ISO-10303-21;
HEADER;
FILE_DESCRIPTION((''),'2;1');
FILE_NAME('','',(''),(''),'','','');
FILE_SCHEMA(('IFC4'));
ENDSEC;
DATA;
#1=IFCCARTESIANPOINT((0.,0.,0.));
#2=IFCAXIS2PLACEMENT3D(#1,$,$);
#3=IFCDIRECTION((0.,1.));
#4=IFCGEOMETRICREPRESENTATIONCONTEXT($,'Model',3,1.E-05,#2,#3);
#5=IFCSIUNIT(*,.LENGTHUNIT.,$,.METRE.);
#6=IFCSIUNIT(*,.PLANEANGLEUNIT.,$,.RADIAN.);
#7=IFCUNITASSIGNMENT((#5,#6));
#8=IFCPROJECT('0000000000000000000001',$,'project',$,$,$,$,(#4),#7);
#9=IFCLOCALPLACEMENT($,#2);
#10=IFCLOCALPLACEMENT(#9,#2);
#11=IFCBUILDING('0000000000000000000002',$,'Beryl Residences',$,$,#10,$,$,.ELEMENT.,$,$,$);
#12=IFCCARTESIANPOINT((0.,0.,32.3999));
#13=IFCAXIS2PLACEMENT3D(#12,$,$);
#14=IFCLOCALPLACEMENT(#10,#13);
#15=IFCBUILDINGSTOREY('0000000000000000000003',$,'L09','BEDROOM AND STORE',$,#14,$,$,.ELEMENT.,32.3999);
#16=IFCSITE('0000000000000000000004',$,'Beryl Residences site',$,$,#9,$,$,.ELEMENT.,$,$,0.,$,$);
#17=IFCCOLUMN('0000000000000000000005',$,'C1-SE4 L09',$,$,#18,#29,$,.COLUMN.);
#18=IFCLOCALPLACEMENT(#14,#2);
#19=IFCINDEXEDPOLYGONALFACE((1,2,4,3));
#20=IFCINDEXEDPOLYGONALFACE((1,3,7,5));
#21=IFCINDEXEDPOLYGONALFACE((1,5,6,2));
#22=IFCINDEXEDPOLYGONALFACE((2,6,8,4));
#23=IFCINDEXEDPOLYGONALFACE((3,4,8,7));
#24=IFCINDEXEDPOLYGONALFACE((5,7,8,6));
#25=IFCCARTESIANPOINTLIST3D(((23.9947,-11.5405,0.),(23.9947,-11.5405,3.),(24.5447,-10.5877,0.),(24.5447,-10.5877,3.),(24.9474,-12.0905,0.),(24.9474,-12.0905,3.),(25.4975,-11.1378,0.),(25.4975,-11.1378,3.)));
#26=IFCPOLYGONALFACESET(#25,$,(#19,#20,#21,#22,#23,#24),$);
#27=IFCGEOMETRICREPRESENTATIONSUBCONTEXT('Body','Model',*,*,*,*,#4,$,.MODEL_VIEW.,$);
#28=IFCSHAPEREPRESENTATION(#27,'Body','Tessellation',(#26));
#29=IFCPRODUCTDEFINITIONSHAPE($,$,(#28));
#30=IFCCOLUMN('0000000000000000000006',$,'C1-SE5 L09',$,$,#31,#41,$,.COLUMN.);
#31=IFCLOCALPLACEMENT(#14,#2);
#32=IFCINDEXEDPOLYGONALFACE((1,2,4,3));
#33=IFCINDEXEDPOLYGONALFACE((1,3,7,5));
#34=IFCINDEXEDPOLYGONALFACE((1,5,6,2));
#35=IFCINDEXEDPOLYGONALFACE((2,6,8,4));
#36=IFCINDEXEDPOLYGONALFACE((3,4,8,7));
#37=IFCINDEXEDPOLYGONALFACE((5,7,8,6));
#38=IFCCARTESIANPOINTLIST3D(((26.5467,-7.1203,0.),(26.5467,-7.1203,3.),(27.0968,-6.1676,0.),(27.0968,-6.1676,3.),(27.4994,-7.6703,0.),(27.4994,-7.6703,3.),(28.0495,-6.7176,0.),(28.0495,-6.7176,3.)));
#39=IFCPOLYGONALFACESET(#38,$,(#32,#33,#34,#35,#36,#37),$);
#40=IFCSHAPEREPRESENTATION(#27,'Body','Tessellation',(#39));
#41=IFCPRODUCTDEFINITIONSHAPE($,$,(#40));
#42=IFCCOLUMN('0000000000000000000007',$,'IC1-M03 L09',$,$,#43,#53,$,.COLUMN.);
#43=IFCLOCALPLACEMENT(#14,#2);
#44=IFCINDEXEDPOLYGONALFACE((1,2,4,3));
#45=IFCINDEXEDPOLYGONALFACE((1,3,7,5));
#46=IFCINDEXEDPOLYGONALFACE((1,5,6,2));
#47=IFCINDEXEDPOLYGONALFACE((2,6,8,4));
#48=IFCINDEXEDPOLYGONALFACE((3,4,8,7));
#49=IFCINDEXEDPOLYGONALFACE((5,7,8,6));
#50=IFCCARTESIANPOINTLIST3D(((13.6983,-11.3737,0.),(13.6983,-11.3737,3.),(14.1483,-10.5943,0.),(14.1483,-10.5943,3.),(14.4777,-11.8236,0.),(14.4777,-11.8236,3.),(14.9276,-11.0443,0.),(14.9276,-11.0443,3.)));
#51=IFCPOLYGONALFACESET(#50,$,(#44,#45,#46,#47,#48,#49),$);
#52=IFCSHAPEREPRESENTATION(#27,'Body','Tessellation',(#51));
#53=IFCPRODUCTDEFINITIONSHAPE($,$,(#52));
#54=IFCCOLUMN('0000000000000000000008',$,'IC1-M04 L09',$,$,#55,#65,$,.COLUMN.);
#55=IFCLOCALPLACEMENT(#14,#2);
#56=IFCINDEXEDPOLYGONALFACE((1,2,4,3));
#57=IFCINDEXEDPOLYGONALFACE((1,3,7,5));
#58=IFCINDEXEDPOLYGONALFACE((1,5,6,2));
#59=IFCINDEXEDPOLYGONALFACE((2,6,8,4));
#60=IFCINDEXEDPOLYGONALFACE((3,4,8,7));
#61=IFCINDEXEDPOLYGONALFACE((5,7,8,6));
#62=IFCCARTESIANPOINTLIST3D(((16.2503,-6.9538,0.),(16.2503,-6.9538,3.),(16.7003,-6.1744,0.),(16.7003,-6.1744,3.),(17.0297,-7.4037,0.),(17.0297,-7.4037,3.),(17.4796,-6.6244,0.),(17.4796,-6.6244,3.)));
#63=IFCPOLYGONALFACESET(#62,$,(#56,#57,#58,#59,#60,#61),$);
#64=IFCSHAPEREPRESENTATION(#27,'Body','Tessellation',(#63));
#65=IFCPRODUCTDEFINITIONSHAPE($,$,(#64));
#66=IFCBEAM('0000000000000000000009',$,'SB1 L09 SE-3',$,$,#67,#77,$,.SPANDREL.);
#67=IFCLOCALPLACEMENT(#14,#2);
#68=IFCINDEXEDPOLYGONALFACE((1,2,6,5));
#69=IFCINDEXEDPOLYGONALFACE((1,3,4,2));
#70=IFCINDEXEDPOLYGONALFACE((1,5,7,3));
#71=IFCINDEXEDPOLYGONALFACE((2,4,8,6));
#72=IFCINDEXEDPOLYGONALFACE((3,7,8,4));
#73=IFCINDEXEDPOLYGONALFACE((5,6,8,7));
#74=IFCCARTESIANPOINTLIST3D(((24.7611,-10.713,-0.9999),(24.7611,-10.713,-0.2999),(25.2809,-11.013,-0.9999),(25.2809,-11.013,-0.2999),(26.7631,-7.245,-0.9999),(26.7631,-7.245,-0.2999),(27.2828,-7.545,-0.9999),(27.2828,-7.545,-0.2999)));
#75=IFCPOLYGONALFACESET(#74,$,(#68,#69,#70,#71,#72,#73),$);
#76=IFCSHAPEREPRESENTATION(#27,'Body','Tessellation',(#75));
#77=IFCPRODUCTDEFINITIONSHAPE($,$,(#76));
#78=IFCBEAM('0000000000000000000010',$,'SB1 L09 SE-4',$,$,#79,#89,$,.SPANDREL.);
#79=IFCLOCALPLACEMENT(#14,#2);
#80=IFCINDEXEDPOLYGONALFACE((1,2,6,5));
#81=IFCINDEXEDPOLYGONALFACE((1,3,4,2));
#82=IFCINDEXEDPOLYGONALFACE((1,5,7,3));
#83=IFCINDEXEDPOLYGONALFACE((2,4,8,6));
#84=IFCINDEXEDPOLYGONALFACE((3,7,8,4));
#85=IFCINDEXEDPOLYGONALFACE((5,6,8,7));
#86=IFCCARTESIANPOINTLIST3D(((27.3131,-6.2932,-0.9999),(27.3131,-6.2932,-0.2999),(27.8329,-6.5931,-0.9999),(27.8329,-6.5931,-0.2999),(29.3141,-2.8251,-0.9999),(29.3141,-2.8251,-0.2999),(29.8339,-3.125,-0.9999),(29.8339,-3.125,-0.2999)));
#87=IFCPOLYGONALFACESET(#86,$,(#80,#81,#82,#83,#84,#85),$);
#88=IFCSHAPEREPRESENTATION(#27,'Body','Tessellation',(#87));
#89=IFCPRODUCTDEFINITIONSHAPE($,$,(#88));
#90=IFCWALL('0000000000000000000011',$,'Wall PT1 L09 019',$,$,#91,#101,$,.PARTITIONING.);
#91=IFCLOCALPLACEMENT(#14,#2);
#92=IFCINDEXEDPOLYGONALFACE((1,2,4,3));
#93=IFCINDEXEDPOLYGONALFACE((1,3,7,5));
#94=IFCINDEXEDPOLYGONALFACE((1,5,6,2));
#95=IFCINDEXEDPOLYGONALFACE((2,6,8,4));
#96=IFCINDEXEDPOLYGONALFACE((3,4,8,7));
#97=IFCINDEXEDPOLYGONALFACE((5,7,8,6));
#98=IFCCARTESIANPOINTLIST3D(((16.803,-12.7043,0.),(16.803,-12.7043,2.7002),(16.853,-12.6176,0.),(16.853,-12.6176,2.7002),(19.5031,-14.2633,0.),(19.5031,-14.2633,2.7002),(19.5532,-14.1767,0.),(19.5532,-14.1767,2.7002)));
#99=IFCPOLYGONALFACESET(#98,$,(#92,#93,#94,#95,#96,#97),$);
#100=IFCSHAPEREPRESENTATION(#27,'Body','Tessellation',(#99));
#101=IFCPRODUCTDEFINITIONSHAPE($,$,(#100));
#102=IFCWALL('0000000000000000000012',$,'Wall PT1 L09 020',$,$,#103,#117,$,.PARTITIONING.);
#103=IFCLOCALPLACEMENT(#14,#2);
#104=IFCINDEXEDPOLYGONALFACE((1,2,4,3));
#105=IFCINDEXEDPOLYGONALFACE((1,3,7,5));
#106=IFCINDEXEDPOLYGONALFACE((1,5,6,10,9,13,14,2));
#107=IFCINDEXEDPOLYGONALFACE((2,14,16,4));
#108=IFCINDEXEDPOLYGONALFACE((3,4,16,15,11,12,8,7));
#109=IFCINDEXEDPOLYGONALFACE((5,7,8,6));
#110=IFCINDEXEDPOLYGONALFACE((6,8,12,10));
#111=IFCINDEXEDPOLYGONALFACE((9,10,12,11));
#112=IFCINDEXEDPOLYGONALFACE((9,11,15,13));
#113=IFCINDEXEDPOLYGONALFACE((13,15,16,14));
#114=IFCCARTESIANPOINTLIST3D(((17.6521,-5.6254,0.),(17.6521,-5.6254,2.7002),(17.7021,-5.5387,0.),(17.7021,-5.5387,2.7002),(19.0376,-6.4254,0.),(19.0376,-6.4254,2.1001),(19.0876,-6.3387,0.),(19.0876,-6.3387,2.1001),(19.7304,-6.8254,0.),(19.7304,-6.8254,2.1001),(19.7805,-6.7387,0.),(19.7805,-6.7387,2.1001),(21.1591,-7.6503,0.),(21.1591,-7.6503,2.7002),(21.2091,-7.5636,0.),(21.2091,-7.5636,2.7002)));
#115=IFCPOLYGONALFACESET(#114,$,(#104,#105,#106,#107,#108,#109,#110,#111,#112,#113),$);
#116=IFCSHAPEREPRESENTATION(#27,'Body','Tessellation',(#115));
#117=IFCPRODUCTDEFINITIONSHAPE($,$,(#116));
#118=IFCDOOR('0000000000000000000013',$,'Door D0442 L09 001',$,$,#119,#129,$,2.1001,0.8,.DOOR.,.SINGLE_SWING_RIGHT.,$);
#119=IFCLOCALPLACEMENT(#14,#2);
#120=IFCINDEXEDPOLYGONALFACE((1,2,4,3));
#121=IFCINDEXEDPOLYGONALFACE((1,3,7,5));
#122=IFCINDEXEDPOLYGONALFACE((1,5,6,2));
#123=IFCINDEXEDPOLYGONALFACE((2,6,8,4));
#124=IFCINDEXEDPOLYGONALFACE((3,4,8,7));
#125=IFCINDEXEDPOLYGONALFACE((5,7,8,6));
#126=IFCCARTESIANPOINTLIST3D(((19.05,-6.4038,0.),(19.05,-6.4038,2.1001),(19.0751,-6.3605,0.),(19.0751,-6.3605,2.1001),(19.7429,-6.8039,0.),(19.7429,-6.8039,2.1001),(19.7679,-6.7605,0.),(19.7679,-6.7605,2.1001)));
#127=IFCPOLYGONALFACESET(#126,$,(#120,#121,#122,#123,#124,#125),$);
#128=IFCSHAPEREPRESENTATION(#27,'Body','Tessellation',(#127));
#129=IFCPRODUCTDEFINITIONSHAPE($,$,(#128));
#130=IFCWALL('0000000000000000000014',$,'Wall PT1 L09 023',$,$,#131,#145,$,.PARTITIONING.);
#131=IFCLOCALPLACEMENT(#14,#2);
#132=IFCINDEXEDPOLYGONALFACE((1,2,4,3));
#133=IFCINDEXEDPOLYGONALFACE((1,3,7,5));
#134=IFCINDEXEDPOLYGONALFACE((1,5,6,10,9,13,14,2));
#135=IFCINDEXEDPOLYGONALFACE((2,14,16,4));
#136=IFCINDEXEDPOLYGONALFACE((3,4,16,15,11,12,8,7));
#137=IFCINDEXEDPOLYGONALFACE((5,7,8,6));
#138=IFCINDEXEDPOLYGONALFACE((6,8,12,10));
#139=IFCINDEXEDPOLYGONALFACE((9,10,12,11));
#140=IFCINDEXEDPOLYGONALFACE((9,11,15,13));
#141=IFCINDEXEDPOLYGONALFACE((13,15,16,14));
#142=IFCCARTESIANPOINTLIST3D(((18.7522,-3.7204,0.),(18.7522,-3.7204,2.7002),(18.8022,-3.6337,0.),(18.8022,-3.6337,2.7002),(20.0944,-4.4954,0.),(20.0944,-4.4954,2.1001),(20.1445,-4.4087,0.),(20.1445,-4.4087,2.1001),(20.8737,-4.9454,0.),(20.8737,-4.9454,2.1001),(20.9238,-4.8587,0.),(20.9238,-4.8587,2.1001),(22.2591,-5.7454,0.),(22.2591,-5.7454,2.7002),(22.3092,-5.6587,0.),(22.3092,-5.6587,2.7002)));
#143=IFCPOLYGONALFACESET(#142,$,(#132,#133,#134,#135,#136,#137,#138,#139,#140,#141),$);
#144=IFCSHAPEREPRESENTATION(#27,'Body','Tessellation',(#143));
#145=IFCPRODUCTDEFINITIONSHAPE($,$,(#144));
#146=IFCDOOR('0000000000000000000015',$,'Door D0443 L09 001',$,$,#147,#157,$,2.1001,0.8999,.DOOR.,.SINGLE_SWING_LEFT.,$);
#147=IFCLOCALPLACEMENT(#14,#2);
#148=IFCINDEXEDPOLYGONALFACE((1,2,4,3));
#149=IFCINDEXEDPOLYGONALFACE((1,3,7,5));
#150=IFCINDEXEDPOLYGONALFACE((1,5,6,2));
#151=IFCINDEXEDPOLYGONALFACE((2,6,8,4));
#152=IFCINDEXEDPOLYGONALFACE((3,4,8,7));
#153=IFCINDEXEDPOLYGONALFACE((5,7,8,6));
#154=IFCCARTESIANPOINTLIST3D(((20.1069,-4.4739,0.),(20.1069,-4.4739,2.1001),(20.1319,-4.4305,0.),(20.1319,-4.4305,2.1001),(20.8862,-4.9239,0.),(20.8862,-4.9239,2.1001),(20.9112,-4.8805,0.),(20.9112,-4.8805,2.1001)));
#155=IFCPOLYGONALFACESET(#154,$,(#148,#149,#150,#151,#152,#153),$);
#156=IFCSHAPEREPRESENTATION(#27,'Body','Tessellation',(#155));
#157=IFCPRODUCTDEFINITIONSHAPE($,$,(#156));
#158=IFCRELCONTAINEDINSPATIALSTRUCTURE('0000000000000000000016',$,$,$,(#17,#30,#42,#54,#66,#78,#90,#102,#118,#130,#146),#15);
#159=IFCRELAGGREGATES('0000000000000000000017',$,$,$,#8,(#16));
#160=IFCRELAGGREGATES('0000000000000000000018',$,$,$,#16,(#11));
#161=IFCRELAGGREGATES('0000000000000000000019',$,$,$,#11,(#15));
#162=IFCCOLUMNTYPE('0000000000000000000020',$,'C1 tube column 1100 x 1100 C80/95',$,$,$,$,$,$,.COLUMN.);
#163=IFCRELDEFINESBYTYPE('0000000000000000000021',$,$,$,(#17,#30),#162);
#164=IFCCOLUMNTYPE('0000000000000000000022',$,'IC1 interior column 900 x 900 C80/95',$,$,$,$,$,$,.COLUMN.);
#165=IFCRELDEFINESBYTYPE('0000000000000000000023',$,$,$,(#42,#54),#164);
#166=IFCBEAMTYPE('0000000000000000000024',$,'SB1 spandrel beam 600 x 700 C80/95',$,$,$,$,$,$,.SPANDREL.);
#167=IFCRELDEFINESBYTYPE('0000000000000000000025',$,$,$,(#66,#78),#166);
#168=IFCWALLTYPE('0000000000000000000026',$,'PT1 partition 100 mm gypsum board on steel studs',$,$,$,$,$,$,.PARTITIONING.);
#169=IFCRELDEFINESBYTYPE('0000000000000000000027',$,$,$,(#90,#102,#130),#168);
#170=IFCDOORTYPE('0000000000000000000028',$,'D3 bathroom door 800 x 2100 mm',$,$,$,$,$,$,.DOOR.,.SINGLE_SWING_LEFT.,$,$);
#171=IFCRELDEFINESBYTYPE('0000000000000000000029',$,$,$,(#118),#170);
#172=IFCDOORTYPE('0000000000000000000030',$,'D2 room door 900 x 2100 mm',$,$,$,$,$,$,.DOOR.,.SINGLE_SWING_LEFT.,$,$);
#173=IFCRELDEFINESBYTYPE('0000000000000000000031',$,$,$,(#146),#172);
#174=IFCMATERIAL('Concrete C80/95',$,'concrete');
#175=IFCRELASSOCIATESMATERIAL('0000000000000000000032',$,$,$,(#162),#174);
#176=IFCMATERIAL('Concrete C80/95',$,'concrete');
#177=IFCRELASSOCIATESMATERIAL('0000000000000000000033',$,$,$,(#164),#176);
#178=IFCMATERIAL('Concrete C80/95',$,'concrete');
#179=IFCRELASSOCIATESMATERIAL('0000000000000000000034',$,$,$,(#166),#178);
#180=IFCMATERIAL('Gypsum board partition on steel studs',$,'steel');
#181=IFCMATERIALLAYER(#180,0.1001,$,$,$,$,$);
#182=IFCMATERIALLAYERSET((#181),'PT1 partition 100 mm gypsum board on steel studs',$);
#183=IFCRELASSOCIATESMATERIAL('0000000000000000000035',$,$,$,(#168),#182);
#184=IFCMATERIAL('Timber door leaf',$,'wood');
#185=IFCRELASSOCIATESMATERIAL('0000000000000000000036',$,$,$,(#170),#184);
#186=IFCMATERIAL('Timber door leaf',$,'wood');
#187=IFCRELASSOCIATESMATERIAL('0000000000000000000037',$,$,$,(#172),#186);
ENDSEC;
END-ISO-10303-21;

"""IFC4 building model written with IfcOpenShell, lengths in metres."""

from ifc_helpers import new_model, si_unit, direction, frame, frame_2d, origin, origin_2d, place, context, subcontext, project, spatial, rectangle, extrude, material, layer, layer_set, material_profile, profile_set, type_object, element, fill, save


model = new_model("IFC4")

# Units and contexts
model_context = context("Model", 3, precision=1e-05, world=origin(), true_north=direction((0.0, 1.0)))
body_context = subcontext(model_context, "Body", "Model", "MODEL_VIEW")
ifc_project = project(units=[si_unit("LENGTHUNIT", "METRE"), si_unit("PLANEANGLEUNIT", "RADIAN")], contexts=[model_context])

# Site, building, storey
site_placement = place(None, origin())
site = spatial("IfcSite", under=ifc_project, at=site_placement, Name="Beryl Residences site", CompositionType="ELEMENT", RefElevation=0.0)
building_placement = place(site_placement, origin())
building = spatial("IfcBuilding", under=site, at=building_placement, Name="Beryl Residences", CompositionType="ELEMENT")
storey_placement = place(building_placement, frame((0.0, 0.0, 32.3999)))
storey = spatial("IfcBuildingStorey", under=building, at=storey_placement, Name="L09", Description="BEDROOM AND STORE", CompositionType="ELEMENT", Elevation=32.3999)

# Columns
ifc_material_1 = material(Name="Concrete C80/95", Category="concrete")
ifc_material_profile_1 = material_profile(ifc_material_1, rectangle(XDim=1.1001, YDim=1.1001, at=origin_2d()))
ifc_profile_set_1 = profile_set([ifc_material_profile_1], Name="Concrete C80/95")
column_type_1 = type_object("IfcColumnType", Name="C1 tube column 1100 x 1100 C80/95", PredefinedType="COLUMN", material=ifc_profile_set_1)
for number, where, z_axis, x_axis, name in (
    (1, (24.7461, -11.3391, 0.0), (0.0, 0.0, 1.0), (0.499985, 0.866034, 0.0), "C1-SE4 L09"),
    (2, (27.2981, -6.9189, 0.0), (0.0, 0.0, 1.0), (0.499985, 0.866034, 0.0), "C1-SE5 L09"),
):
    element("IfcColumn", number, at=place(storey_placement, frame(where, z_axis=z_axis, x_axis=x_axis)), inside=storey, type_object=column_type_1, Name=name, PredefinedType="COLUMN", context=body_context, shape_type="SweptSolid", body=[
        extrude(rectangle(XDim=1.1001, YDim=1.1001, at=origin_2d()), origin(), (0.0, 0.0, 1.0), 3.0),
    ])
ifc_material_2 = material(Name="Concrete C80/95", Category="concrete")
ifc_material_profile_2 = material_profile(ifc_material_2, rectangle(XDim=0.8999, YDim=0.8999, at=origin_2d()))
ifc_profile_set_2 = profile_set([ifc_material_profile_2], Name="Concrete C80/95")
column_type_2 = type_object("IfcColumnType", Name="IC1 interior column 900 x 900 C80/95", PredefinedType="COLUMN", material=ifc_profile_set_2)
for number, where, z_axis, x_axis, name in (
    (3, (14.313, -11.209, 0.0), (0.0, 0.0, 1.0), (0.499985, 0.866034, 0.0), "IC1-M03 L09"),
    (4, (16.865, -6.7891, 0.0), (0.0, 0.0, 1.0), (0.499985, 0.866034, 0.0), "IC1-M04 L09"),
):
    element("IfcColumn", number, at=place(storey_placement, frame(where, z_axis=z_axis, x_axis=x_axis)), inside=storey, type_object=column_type_2, Name=name, PredefinedType="COLUMN", context=body_context, shape_type="SweptSolid", body=[
        extrude(rectangle(XDim=0.8999, YDim=0.8999, at=origin_2d()), origin(), (0.0, 0.0, 1.0), 3.0),
    ])

# Beams
ifc_material_3 = material(Name="Concrete C80/95", Category="concrete")
ifc_material_profile_3 = material_profile(ifc_material_3, rectangle(XDim=0.6001, YDim=0.7, at=origin_2d()))
ifc_profile_set_3 = profile_set([ifc_material_profile_3], Name="Concrete C80/95")
beam_type = type_object("IfcBeamType", Name="SB1 spandrel beam 600 x 700 C80/95", PredefinedType="SPANDREL", material=ifc_profile_set_3)
beam_1_placement = place(storey_placement, frame((25.021, -10.863, -0.6499), z_axis=(0.499942, 0.866059, 0.0), x_axis=(-0.866059, 0.499942, 0.0)))
element("IfcBeam", 5, at=beam_1_placement, inside=storey, type_object=beam_type, Name="SB1 L09 SE-3", PredefinedType="SPANDREL", context=body_context, shape_type="SweptSolid", body=[
    extrude(rectangle(XDim=0.6001, YDim=0.7, at=origin_2d()), origin(), (0.0, 0.0, 1.0), 4.0044),
])
beam_2_placement = place(storey_placement, frame((27.573, -6.4431, -0.6499), z_axis=(0.499759, 0.866164, 0.0), x_axis=(-0.866164, 0.499759, 0.0)))
element("IfcBeam", 6, at=beam_2_placement, inside=storey, type_object=beam_type, Name="SB1 L09 SE-4", PredefinedType="SPANDREL", context=body_context, shape_type="SweptSolid", body=[
    extrude(rectangle(XDim=0.6001, YDim=0.7, at=origin_2d()), origin(), (0.0, 0.0, 1.0), 4.0039),
])

# Wall
ifc_material_4 = material(Name="Gypsum board partition on steel studs", Category="steel")
ifc_layer_1 = layer(ifc_material_4, 0.1001)
ifc_layer_set_1 = layer_set([ifc_layer_1], Name="PT1 partition 100 mm gypsum board on steel studs")
wall_type_1 = type_object("IfcWallType", Name="PT1 partition 100 mm gypsum board on steel studs", PredefinedType="PARTITIONING", material=ifc_layer_set_1)
wall_1_placement = place(storey_placement, frame((16.8279, -12.6609, 0.0), z_axis=(0.0, 0.0, 1.0), x_axis=(0.866008, -0.50003, 0.0)))
element("IfcWall", 7, at=wall_1_placement, inside=storey, type_object=wall_type_1, Name="Wall PT1 L09 019", PredefinedType="PARTITIONING", context=body_context, shape_type="SweptSolid", body=[
    extrude(rectangle(XDim=3.1179, YDim=0.1001, at=frame_2d((1.5591, 0.0))), origin(), (0.0, 0.0, 1.0), 2.7002),
])

# Walls, openings, doors
wall_2_placement = place(storey_placement, frame((17.677, -5.582, 0.0), z_axis=(0.0, 0.0, 1.0), x_axis=(0.866016, -0.500016, 0.0)))
wall_2 = element("IfcWall", 8, at=wall_2_placement, inside=storey, type_object=wall_type_1, Name="Wall PT1 L09 020", PredefinedType="PARTITIONING", context=body_context, shape_type="SweptSolid", body=[
    extrude(rectangle(XDim=4.0496, YDim=0.1001, at=frame_2d((2.0249, 0.0))), origin(), (0.0, 0.0, 1.0), 2.7002),
])
opening_1_placement = place(wall_2_placement, frame((1.6001, 0.0, 0.0)))
opening_1 = element("IfcOpeningElement", 9, at=opening_1_placement, cuts=wall_2, PredefinedType="OPENING", context=body_context, shape_type="SweptSolid", body=[
    extrude(rectangle(XDim=0.8, YDim=2.1001, at=frame_2d((0.3999, 1.05))), frame((0.0, 0.0601, 0.0), z_axis=(0.0, -1.0, 0.0), x_axis=(1.0, 0.0, 0.0)), (0.0, 0.0, 1.0), 0.1201),
])
ifc_material_5 = material(Name="Timber door leaf", Category="wood")
door_type_1 = type_object("IfcDoorType", Name="D3 bathroom door 800 x 2100 mm", OperationType="SINGLE_SWING_LEFT", PredefinedType="DOOR", material=ifc_material_5)
door_1_placement = place(opening_1_placement, origin())
door_1 = element("IfcDoor", 10, at=door_1_placement, inside=storey, type_object=door_type_1, Name="Door D0442 L09 001", OperationType="SINGLE_SWING_RIGHT", OverallHeight=2.1001, OverallWidth=0.8, PredefinedType="DOOR", context=body_context, shape_type="SweptSolid", body=[
    extrude(rectangle(XDim=0.8, YDim=2.1001, at=frame_2d((0.3999, 1.05))), frame((0.0, 0.0249, 0.0), z_axis=(0.0, -1.0, 0.0), x_axis=(1.0, 0.0, 0.0)), (0.0, 0.0, 1.0), 0.05),
])
fill(opening_1, door_1)
wall_3_placement = place(storey_placement, frame((18.7771, -3.677, 0.0), z_axis=(0.0, 0.0, 1.0), x_axis=(0.866001, -0.500043, 0.0)))
wall_3 = element("IfcWall", 11, at=wall_3_placement, inside=storey, type_object=wall_type_1, Name="Wall PT1 L09 023", PredefinedType="PARTITIONING", context=body_context, shape_type="SweptSolid", body=[
    extrude(rectangle(XDim=4.0496, YDim=0.1001, at=frame_2d((2.0249, 0.0))), origin(), (0.0, 0.0, 1.0), 2.7002),
])
opening_2_placement = place(wall_3_placement, frame((1.55, 0.0, 0.0)))
opening_2 = element("IfcOpeningElement", 12, at=opening_2_placement, cuts=wall_3, PredefinedType="OPENING", context=body_context, shape_type="SweptSolid", body=[
    extrude(rectangle(XDim=0.8999, YDim=2.1001, at=frame_2d((0.45, 1.05))), frame((0.0, 0.0601, 0.0), z_axis=(0.0, -1.0, 0.0), x_axis=(1.0, 0.0, 0.0)), (0.0, 0.0, 1.0), 0.1201),
])
ifc_material_6 = material(Name="Timber door leaf", Category="wood")
door_type_2 = type_object("IfcDoorType", Name="D2 room door 900 x 2100 mm", OperationType="SINGLE_SWING_LEFT", PredefinedType="DOOR", material=ifc_material_6)
door_2_placement = place(opening_2_placement, origin())
door_2 = element("IfcDoor", 13, at=door_2_placement, inside=storey, type_object=door_type_2, Name="Door D0443 L09 001", OperationType="SINGLE_SWING_LEFT", OverallHeight=2.1001, OverallWidth=0.8999, PredefinedType="DOOR", context=body_context, shape_type="SweptSolid", body=[
    extrude(rectangle(XDim=0.8999, YDim=2.1001, at=frame_2d((0.45, 1.05))), frame((0.0, 0.0249, 0.0), z_axis=(0.0, -1.0, 0.0), x_axis=(1.0, 0.0, 0.0)), (0.0, 0.0, 1.0), 0.05),
])
fill(opening_2, door_2)

save(model, "model.ifc")
